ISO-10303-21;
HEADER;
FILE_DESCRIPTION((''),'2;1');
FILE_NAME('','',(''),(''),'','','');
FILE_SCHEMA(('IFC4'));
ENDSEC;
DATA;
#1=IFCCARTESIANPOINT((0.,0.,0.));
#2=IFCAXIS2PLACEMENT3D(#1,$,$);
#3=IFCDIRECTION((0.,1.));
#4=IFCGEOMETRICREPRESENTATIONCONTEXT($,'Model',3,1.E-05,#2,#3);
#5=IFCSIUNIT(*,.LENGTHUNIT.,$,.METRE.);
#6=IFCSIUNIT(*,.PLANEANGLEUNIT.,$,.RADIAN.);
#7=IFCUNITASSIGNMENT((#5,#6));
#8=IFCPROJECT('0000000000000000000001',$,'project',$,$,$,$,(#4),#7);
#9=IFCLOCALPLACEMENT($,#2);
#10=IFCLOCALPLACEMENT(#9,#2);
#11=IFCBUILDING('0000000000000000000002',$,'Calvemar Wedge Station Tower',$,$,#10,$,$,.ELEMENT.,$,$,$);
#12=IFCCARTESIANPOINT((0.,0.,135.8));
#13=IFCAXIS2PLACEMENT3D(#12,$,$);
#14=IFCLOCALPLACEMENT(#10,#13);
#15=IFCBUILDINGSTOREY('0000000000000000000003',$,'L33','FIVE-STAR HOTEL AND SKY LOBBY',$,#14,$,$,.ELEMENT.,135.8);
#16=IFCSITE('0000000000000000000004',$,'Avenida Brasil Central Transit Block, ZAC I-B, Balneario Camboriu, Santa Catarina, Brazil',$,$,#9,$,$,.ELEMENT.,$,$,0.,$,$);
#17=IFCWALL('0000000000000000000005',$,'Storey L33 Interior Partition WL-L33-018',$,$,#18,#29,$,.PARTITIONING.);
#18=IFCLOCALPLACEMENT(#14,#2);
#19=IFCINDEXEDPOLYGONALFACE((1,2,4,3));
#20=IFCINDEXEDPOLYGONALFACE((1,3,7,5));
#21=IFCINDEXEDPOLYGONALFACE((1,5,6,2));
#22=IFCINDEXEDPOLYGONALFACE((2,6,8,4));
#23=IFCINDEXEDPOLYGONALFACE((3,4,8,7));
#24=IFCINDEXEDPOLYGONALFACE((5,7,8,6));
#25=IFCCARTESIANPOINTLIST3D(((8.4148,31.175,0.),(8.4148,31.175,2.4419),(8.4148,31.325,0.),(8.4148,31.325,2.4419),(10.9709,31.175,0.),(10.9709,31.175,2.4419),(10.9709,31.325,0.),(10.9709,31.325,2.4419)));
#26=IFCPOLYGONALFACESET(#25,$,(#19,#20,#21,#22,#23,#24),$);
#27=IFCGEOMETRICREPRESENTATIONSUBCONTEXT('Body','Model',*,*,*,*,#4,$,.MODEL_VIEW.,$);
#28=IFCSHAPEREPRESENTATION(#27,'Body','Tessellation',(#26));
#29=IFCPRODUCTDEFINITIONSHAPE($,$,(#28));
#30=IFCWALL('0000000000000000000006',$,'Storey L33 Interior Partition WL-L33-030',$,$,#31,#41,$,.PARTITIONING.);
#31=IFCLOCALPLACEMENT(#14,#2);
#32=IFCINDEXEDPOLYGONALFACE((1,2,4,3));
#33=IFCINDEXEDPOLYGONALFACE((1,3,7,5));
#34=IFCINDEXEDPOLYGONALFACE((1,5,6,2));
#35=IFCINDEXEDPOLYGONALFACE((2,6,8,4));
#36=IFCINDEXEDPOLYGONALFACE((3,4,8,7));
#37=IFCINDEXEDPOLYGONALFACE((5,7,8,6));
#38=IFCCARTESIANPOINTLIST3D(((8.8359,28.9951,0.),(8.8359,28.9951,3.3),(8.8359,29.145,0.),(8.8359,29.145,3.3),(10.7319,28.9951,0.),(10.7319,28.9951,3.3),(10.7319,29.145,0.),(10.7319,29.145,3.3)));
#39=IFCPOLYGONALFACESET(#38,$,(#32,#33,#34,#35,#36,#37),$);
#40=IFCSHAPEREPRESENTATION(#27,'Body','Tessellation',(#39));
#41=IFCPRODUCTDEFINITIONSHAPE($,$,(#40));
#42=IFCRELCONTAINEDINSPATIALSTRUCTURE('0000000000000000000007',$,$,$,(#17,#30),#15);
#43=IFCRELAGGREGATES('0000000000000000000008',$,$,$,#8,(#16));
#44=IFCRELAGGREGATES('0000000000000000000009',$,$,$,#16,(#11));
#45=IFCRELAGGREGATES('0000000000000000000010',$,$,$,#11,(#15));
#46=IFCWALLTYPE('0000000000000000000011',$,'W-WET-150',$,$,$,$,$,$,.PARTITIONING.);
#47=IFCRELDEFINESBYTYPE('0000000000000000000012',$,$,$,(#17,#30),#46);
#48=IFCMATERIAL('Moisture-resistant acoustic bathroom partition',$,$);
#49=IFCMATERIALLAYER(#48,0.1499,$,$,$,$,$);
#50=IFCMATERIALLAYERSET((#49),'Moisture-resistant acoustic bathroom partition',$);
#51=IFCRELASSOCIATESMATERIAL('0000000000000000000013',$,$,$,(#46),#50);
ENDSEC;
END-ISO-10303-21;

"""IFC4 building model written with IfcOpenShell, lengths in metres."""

from ifc_helpers import new_model, si_unit, direction, frame, frame_2d, origin, place, context, subcontext, project, spatial, rectangle, extrude, material, layer, layer_set, type_object, element, save


model = new_model("IFC4")

# Units and contexts
model_context = context("Model", 3, precision=1e-05, world=origin(), true_north=direction((0.0, 1.0)))
body_context = subcontext(model_context, "Body", "Model", "MODEL_VIEW")
ifc_project = project(units=[si_unit("LENGTHUNIT", "METRE"), si_unit("PLANEANGLEUNIT", "RADIAN")], contexts=[model_context])

# Site, building, storey
site_placement = place(None, origin())
site = spatial("IfcSite", under=ifc_project, at=site_placement, Name="Avenida Brasil Central Transit Block, ZAC I-B, Balneario Camboriu, Santa Catarina, Brazil", CompositionType="ELEMENT", RefElevation=0.0)
building_placement = place(site_placement, origin())
building = spatial("IfcBuilding", under=site, at=building_placement, Name="Calvemar Wedge Station Tower", CompositionType="ELEMENT")
storey_placement = place(building_placement, frame((0.0, 0.0, 135.8)))
storey = spatial("IfcBuildingStorey", under=building, at=storey_placement, Name="L33", Description="FIVE-STAR HOTEL AND SKY LOBBY", CompositionType="ELEMENT", Elevation=135.8)

# Wall
ifc_material_1 = material(Name="Moisture-resistant acoustic bathroom partition")
ifc_layer_1 = layer(ifc_material_1, 0.1499)
ifc_layer_set_1 = layer_set([ifc_layer_1], Name="Moisture-resistant acoustic bathroom partition")
wall_type_1 = type_object("IfcWallType", Name="W-WET-150", PredefinedType="PARTITIONING", material=ifc_layer_set_1)
wall_1_placement = place(storey_placement, frame((10.9709, 31.25, 0.0), z_axis=(0.0, 0.0, 1.0), x_axis=(-1.0, 0.0, 0.0)))
element("IfcWall", 1, at=wall_1_placement, inside=storey, type_object=wall_type_1, Name="Storey L33 Interior Partition WL-L33-018", PredefinedType="PARTITIONING", context=body_context, shape_type="SweptSolid", body=[
    extrude(rectangle(XDim=2.5562, YDim=0.1499, at=frame_2d((1.2781, 0.0))), origin(), (0.0, 0.0, 1.0), 2.4419),
])

# Wall
wall_2_placement = place(storey_placement, frame((10.7319, 29.0701, 0.0), z_axis=(0.0, 0.0, 1.0), x_axis=(-1.0, 0.0, 0.0)))
element("IfcWall", 2, at=wall_2_placement, inside=storey, type_object=wall_type_1, Name="Storey L33 Interior Partition WL-L33-030", PredefinedType="PARTITIONING", context=body_context, shape_type="SweptSolid", body=[
    extrude(rectangle(XDim=1.896, YDim=0.1499, at=frame_2d((0.948, 0.0))), origin(), (0.0, 0.0, 1.0), 3.3),
])

save(model, "model.ifc")
